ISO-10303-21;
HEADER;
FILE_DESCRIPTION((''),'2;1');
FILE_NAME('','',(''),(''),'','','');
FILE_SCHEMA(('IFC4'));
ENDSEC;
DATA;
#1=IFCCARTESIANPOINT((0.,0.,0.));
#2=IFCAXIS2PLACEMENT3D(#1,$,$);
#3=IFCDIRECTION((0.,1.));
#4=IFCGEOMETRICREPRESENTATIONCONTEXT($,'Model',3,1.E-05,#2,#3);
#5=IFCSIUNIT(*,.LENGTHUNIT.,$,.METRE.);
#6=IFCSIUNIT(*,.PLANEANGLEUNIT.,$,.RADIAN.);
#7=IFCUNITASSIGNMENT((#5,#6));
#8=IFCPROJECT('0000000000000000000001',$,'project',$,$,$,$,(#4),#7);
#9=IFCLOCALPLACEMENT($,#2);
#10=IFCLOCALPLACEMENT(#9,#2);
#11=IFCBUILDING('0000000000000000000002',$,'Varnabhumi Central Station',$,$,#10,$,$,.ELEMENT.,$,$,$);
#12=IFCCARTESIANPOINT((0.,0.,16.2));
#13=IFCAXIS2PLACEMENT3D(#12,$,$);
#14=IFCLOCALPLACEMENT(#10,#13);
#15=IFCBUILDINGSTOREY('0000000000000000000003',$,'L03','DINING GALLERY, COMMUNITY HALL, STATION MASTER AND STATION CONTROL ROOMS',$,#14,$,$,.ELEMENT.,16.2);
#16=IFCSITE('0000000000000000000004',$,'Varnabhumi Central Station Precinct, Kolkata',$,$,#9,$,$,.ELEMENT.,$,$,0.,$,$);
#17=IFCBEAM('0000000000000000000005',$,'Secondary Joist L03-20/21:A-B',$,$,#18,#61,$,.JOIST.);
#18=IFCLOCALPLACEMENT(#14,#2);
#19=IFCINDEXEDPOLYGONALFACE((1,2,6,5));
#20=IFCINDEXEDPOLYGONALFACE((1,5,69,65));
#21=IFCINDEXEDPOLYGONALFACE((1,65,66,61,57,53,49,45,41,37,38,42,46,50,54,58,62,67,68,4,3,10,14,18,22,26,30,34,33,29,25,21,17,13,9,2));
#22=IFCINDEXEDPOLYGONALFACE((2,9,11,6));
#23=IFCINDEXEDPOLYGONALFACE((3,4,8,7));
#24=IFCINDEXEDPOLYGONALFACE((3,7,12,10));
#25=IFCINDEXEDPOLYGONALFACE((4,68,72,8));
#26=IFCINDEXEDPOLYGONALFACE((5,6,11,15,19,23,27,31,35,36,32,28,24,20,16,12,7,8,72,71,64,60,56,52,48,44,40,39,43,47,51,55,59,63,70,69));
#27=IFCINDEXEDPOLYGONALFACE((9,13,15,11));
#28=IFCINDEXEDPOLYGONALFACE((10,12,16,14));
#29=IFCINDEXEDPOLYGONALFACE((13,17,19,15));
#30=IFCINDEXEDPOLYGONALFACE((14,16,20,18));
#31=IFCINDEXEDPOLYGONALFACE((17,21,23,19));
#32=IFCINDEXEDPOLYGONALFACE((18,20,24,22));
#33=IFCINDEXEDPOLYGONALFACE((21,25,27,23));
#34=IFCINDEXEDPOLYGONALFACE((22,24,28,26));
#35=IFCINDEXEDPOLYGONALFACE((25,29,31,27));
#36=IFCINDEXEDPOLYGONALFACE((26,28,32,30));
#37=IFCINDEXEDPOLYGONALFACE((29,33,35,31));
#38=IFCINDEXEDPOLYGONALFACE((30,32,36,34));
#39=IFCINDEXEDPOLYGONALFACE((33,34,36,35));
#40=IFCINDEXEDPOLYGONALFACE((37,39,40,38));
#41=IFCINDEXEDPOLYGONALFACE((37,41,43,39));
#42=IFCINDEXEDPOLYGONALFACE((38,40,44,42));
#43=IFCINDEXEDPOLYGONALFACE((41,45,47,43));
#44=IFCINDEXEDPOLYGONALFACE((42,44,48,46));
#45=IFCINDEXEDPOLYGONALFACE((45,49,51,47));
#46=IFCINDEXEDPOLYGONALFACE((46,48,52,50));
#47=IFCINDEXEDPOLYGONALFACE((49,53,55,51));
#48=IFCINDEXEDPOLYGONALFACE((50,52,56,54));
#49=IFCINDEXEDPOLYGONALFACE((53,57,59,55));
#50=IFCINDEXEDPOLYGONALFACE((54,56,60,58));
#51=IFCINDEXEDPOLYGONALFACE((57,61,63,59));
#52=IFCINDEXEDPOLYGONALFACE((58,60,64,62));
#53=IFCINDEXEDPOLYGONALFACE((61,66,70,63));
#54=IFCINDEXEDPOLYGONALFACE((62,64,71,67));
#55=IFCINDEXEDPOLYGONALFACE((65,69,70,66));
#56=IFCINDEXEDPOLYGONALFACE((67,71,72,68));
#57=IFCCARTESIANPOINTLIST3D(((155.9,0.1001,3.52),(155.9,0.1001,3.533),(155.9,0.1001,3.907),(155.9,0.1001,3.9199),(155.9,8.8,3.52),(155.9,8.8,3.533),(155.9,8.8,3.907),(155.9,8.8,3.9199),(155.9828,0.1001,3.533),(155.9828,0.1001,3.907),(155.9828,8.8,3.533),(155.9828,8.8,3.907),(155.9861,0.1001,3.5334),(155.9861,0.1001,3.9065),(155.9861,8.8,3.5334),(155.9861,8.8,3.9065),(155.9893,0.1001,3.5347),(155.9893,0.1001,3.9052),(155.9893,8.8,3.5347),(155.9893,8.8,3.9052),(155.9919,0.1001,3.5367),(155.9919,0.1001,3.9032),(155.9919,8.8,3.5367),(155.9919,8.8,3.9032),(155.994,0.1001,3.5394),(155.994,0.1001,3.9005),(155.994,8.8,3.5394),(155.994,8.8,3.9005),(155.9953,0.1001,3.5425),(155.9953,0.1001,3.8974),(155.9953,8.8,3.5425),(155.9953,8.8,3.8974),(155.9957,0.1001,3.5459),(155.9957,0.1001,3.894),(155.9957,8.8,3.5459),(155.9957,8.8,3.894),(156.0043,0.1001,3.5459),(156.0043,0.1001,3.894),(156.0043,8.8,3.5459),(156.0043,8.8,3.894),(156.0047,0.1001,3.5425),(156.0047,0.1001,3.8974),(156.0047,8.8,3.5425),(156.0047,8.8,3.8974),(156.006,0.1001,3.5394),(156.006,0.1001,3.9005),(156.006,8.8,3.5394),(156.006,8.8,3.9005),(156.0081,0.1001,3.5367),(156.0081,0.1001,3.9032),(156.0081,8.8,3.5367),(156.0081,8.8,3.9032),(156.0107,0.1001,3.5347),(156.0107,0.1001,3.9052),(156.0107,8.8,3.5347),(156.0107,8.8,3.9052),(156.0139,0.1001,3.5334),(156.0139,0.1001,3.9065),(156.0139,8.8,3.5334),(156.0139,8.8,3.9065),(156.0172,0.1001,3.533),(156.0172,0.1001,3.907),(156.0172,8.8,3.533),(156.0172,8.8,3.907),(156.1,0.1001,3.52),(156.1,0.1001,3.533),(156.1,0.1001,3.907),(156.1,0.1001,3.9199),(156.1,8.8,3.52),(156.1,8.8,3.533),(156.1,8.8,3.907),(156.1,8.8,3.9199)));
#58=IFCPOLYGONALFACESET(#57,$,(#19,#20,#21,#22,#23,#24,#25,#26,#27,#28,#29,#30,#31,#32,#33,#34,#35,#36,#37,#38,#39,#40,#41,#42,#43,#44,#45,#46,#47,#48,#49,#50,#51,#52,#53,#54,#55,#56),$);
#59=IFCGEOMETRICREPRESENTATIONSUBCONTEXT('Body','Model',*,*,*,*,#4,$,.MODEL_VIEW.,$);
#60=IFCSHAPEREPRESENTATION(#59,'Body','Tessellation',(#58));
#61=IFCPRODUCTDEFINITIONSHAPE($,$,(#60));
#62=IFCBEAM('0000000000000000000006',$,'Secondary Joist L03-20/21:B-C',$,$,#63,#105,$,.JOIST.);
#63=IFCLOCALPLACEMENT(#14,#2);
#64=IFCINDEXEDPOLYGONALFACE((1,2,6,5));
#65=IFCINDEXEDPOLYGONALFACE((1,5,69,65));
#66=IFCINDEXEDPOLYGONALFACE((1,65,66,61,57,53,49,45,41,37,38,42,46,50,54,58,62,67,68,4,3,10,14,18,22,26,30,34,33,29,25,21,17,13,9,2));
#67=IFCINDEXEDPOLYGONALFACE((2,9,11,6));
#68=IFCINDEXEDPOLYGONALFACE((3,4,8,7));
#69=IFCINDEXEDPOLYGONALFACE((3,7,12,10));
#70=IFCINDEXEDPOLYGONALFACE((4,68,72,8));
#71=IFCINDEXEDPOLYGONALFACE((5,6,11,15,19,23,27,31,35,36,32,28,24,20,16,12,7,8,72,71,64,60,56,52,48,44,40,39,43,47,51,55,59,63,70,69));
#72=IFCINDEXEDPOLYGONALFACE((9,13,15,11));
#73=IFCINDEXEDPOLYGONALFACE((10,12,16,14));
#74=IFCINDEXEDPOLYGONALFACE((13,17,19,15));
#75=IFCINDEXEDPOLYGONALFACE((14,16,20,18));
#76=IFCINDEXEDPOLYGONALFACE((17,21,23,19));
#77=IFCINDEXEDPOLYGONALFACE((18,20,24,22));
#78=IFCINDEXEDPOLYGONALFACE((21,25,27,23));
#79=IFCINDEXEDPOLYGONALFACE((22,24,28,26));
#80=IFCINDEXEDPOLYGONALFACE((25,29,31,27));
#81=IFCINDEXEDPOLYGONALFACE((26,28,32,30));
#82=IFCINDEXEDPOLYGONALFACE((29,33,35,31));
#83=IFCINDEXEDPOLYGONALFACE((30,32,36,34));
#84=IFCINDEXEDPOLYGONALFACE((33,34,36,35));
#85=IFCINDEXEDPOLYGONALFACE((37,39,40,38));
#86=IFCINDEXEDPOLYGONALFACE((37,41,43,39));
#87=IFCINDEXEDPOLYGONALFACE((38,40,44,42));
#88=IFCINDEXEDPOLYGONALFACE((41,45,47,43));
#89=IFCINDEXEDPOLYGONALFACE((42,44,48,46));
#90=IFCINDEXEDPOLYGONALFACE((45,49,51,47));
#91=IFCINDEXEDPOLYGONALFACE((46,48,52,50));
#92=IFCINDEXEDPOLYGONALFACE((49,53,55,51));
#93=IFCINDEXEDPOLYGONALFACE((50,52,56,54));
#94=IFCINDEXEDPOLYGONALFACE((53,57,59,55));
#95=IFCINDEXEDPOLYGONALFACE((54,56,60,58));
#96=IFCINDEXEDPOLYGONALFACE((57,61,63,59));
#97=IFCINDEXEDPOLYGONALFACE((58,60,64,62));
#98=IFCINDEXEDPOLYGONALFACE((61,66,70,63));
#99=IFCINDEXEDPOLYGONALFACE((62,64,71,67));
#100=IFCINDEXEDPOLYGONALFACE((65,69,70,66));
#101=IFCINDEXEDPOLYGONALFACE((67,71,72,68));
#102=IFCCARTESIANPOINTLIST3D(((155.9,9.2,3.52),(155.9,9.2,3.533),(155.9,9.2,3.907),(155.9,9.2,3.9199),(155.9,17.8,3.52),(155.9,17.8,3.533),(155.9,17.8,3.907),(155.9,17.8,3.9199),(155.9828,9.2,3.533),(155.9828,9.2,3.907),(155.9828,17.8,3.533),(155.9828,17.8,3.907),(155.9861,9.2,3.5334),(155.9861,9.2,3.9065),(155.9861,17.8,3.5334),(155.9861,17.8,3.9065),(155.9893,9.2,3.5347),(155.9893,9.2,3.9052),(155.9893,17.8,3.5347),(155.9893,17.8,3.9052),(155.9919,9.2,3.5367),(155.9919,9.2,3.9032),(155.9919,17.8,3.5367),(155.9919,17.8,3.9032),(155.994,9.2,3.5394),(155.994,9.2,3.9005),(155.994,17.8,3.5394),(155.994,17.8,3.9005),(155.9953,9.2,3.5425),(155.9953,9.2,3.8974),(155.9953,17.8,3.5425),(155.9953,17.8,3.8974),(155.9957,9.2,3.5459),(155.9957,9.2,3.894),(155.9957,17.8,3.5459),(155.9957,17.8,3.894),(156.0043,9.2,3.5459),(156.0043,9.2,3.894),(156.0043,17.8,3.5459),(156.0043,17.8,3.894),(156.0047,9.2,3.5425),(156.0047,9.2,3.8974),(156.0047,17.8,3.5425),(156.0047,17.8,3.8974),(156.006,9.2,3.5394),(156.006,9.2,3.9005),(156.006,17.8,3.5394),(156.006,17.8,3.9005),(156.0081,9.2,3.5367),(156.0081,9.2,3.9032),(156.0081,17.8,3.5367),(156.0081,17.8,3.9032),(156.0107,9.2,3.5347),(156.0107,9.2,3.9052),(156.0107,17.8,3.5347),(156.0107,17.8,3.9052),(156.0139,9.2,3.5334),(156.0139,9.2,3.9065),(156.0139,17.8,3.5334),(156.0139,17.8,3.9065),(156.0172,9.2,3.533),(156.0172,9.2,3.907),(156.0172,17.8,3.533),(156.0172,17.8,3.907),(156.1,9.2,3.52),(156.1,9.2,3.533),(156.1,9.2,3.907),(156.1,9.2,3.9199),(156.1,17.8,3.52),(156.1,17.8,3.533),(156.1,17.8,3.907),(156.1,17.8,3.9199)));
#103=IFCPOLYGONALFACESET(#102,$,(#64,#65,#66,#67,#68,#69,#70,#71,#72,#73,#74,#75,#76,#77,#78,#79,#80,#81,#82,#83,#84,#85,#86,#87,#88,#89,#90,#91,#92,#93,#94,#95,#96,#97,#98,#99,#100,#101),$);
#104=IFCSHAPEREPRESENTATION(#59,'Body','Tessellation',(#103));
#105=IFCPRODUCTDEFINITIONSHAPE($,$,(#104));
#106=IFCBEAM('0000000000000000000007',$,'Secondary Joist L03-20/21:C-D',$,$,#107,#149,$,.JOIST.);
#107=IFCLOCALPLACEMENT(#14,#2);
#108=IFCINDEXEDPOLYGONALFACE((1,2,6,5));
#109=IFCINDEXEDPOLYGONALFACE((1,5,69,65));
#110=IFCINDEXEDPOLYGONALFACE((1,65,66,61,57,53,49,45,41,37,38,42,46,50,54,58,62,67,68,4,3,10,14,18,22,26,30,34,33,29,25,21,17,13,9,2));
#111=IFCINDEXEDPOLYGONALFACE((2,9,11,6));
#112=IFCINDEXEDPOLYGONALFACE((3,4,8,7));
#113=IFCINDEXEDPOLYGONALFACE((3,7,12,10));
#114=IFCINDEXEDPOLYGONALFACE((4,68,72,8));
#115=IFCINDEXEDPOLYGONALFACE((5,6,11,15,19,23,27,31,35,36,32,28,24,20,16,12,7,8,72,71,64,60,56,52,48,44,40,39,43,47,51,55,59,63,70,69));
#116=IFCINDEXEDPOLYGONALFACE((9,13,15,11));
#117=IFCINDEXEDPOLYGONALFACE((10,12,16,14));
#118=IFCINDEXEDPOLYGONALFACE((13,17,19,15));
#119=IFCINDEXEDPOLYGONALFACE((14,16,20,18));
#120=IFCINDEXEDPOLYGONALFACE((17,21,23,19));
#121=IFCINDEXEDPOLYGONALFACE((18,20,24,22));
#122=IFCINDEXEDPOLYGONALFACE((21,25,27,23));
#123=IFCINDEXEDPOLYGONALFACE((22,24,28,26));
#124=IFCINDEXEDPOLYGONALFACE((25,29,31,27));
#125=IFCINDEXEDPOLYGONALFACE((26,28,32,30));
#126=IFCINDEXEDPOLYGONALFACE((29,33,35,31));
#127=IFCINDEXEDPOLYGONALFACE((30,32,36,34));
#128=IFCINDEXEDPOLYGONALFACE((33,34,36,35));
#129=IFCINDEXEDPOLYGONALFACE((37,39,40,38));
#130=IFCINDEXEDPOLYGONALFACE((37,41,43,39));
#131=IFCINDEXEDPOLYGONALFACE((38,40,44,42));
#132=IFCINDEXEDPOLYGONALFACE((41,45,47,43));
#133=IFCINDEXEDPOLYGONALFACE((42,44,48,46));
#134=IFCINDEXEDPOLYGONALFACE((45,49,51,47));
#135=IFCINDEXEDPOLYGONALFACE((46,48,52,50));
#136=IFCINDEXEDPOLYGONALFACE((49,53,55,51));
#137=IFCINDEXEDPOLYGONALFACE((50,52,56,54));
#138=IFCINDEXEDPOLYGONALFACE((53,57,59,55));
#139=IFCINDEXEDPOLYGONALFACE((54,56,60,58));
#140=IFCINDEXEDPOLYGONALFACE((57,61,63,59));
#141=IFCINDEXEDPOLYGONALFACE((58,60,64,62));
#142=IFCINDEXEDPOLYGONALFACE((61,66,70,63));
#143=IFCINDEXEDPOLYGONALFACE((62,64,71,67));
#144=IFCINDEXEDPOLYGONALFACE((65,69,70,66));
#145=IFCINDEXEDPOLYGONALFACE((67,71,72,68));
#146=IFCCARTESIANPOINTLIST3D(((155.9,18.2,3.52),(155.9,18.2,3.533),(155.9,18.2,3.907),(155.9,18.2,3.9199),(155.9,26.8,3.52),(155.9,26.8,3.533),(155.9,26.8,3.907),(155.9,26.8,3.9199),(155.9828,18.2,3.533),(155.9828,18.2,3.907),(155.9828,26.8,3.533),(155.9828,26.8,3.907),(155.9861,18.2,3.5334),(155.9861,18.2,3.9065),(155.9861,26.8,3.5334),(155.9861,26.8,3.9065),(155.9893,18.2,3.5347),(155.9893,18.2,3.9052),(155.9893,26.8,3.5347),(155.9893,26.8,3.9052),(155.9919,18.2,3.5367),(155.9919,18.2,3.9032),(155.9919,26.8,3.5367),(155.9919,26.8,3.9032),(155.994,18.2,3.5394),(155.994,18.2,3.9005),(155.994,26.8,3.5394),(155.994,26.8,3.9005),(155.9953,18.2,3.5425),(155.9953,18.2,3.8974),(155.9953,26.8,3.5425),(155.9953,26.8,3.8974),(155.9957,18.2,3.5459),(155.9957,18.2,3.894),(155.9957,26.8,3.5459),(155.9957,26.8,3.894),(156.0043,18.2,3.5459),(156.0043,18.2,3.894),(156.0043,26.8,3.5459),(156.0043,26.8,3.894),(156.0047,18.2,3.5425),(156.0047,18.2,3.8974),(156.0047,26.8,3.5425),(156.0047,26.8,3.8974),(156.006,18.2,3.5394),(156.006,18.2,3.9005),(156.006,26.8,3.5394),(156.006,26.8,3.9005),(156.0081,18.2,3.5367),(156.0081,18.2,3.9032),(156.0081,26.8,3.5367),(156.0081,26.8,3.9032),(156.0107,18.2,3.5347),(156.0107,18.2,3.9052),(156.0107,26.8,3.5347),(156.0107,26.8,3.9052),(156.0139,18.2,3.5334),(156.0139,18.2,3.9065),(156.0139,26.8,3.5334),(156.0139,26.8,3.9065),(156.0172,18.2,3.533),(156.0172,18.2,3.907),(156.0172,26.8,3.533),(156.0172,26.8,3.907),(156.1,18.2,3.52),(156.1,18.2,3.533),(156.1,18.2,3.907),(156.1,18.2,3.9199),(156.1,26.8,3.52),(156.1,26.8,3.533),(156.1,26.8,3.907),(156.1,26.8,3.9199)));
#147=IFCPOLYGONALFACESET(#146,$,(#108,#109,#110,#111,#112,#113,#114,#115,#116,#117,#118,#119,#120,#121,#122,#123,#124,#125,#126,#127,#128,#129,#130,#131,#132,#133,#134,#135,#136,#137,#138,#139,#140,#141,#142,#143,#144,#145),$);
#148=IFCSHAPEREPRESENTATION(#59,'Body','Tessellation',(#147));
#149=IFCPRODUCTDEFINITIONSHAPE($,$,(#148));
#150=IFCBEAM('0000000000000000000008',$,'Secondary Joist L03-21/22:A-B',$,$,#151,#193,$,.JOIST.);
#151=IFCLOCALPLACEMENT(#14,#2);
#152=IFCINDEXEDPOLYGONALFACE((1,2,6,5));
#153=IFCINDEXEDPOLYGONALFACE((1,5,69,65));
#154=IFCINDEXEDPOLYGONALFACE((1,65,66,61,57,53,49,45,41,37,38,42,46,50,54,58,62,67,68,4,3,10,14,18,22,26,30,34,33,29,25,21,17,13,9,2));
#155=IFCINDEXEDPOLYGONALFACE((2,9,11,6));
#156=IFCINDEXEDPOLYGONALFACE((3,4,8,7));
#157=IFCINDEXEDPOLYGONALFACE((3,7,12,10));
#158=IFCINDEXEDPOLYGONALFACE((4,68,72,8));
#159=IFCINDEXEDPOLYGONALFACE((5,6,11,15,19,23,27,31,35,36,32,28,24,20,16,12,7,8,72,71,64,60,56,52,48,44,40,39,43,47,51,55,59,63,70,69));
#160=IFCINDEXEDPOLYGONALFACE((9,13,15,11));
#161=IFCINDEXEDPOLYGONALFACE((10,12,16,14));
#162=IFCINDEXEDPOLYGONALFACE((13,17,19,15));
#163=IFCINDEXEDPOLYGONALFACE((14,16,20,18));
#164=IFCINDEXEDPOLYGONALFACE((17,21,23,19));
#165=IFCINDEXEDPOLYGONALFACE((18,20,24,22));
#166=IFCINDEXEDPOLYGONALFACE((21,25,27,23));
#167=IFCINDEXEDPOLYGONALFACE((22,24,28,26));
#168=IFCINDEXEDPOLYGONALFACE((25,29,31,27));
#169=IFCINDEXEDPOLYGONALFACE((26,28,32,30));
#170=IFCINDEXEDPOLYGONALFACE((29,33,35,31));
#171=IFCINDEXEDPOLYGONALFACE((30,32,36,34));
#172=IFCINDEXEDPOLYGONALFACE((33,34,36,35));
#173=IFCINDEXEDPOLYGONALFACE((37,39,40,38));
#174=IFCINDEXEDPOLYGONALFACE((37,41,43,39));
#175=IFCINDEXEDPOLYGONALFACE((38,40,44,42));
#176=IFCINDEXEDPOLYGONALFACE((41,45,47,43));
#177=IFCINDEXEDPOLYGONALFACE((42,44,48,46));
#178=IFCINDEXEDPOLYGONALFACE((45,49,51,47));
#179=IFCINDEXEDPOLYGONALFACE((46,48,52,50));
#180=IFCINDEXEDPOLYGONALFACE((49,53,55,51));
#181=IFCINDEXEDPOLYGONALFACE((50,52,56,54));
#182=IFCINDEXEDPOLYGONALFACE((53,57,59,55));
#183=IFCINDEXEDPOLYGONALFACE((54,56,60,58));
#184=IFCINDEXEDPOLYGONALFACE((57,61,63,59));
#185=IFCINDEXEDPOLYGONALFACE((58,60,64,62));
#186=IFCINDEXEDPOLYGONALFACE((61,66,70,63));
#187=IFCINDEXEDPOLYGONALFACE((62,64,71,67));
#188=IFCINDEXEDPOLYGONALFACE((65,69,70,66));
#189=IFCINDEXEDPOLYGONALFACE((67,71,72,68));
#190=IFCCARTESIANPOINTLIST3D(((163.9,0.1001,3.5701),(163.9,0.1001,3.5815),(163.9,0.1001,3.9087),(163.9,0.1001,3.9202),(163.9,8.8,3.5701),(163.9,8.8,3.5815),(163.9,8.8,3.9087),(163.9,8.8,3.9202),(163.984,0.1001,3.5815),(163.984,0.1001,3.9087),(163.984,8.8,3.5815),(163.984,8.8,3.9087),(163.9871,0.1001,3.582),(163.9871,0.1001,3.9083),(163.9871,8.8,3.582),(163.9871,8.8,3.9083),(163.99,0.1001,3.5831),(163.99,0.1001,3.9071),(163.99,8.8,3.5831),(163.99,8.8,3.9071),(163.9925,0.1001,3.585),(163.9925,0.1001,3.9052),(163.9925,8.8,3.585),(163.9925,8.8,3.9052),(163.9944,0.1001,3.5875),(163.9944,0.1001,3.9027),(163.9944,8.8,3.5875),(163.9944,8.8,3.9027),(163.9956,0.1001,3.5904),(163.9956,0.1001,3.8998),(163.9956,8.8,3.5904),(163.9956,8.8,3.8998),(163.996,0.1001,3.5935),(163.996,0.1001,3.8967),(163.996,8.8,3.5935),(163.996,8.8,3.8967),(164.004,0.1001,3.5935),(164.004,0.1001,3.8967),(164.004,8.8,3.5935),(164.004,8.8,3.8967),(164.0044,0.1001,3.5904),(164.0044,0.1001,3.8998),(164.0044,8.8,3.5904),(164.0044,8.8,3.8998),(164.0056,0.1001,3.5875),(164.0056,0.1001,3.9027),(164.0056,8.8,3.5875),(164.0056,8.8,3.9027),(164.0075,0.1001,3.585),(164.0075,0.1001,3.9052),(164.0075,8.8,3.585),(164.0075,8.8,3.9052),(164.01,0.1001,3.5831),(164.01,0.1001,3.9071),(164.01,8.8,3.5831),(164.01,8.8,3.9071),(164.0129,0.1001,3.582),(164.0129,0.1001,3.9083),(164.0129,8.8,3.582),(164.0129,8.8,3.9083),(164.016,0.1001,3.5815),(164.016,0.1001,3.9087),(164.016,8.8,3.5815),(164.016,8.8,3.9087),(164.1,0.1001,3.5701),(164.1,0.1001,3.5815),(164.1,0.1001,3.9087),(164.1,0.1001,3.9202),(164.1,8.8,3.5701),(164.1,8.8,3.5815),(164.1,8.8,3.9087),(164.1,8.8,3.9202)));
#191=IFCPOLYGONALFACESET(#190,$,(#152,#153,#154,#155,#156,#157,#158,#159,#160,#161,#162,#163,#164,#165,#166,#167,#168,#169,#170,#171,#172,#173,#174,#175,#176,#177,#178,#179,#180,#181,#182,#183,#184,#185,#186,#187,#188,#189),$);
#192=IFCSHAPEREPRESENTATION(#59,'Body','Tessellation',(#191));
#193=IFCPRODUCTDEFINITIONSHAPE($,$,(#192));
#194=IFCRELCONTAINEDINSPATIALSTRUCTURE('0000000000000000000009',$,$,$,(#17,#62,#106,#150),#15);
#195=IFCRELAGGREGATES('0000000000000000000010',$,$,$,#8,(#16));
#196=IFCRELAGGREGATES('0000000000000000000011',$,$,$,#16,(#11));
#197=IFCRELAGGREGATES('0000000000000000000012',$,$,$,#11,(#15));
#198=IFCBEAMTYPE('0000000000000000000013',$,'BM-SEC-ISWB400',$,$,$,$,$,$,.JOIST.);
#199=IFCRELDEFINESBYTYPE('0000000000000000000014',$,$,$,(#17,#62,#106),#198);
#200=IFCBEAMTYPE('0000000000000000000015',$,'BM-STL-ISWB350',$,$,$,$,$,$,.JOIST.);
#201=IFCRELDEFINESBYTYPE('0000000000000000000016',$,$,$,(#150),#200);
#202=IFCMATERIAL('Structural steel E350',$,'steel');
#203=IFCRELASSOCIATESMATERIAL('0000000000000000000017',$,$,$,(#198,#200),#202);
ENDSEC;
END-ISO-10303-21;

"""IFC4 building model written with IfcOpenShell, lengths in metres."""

from ifc_helpers import new_model, si_unit, direction, frame, origin, origin_2d, place, context, subcontext, project, spatial, i_section, extrude, material, material_profile, profile_set, type_object, element, save


model = new_model("IFC4")

# Units and contexts
model_context = context("Model", 3, precision=1e-05, world=origin(), true_north=direction((0.0, 1.0)))
body_context = subcontext(model_context, "Body", "Model", "MODEL_VIEW")
ifc_project = project(units=[si_unit("LENGTHUNIT", "METRE"), si_unit("PLANEANGLEUNIT", "RADIAN")], contexts=[model_context])

# Site, building, storey
site_placement = place(None, origin())
site = spatial("IfcSite", under=ifc_project, at=site_placement, Name="Varnabhumi Central Station Precinct, Kolkata", CompositionType="ELEMENT", RefElevation=0.0)
building_placement = place(site_placement, origin())
building = spatial("IfcBuilding", under=site, at=building_placement, Name="Varnabhumi Central Station", CompositionType="ELEMENT")
storey_placement = place(building_placement, frame((0.0, 0.0, 16.2)))
storey = spatial("IfcBuildingStorey", under=building, at=storey_placement, Name="L03", Description="DINING GALLERY, COMMUNITY HALL, STATION MASTER AND STATION CONTROL ROOMS", CompositionType="ELEMENT", Elevation=16.2)

# Beams
ifc_material_1 = material(Name="Structural steel E350", Category="steel")
ifc_material_profile_1 = material_profile(ifc_material_1, i_section(OverallWidth=0.2, OverallDepth=0.3999, WebThickness=0.0085, FlangeThickness=0.0129, FilletRadius=0.0129, at=origin_2d()), Name="Structural steel E350", Category="steel")
ifc_profile_set_1 = profile_set([ifc_material_profile_1], Name="Structural steel E350")
beam_type_1 = type_object("IfcBeamType", Name="BM-SEC-ISWB400", PredefinedType="JOIST", material=ifc_profile_set_1)
beam_1_placement = place(storey_placement, frame((156.0, 0.1001, 3.72), z_axis=(0.0, 1.0, 0.0), x_axis=(-1.0, 0.0, 0.0)))
element("IfcBeam", 1, at=beam_1_placement, inside=storey, type_object=beam_type_1, Name="Secondary Joist L03-20/21:A-B", PredefinedType="JOIST", context=body_context, shape_type="SweptSolid", body=[
    extrude(i_section(OverallWidth=0.2, OverallDepth=0.3999, WebThickness=0.0085, FlangeThickness=0.0129, FilletRadius=0.0129, at=origin_2d()), origin(), (0.0, 0.0, 1.0), 8.7),
])
for number, where, z_axis, x_axis, name in (
    (2, (156.0, 9.2, 3.72), (0.0, 1.0, 0.0), (-1.0, 0.0, 0.0), "Secondary Joist L03-20/21:B-C"),
    (3, (156.0, 18.2, 3.72), (0.0, 1.0, 0.0), (-1.0, 0.0, 0.0), "Secondary Joist L03-20/21:C-D"),
):
    element("IfcBeam", number, at=place(storey_placement, frame(where, z_axis=z_axis, x_axis=x_axis)), inside=storey, type_object=beam_type_1, Name=name, PredefinedType="JOIST", context=body_context, shape_type="SweptSolid", body=[
        extrude(i_section(OverallWidth=0.2, OverallDepth=0.3999, WebThickness=0.0085, FlangeThickness=0.0129, FilletRadius=0.0129, at=origin_2d()), origin(), (0.0, 0.0, 1.0), 8.6001),
    ])
ifc_material_profile_2 = material_profile(ifc_material_1, i_section(OverallWidth=0.2, OverallDepth=0.3501, WebThickness=0.0081, FlangeThickness=0.0115, FilletRadius=0.012, at=origin_2d()), Name="Structural steel E350", Category="steel")
ifc_profile_set_2 = profile_set([ifc_material_profile_2], Name="Structural steel E350")
beam_type_2 = type_object("IfcBeamType", Name="BM-STL-ISWB350", PredefinedType="JOIST", material=ifc_profile_set_2)
beam_2_placement = place(storey_placement, frame((164.0, 0.1001, 3.7451), z_axis=(0.0, 1.0, 0.0), x_axis=(-1.0, 0.0, 0.0)))
element("IfcBeam", 4, at=beam_2_placement, inside=storey, type_object=beam_type_2, Name="Secondary Joist L03-21/22:A-B", PredefinedType="JOIST", context=body_context, shape_type="SweptSolid", body=[
    extrude(i_section(OverallWidth=0.2, OverallDepth=0.3501, WebThickness=0.0081, FlangeThickness=0.0115, FilletRadius=0.012, at=origin_2d()), origin(), (0.0, 0.0, 1.0), 8.7),
])

save(model, "model.ifc")
